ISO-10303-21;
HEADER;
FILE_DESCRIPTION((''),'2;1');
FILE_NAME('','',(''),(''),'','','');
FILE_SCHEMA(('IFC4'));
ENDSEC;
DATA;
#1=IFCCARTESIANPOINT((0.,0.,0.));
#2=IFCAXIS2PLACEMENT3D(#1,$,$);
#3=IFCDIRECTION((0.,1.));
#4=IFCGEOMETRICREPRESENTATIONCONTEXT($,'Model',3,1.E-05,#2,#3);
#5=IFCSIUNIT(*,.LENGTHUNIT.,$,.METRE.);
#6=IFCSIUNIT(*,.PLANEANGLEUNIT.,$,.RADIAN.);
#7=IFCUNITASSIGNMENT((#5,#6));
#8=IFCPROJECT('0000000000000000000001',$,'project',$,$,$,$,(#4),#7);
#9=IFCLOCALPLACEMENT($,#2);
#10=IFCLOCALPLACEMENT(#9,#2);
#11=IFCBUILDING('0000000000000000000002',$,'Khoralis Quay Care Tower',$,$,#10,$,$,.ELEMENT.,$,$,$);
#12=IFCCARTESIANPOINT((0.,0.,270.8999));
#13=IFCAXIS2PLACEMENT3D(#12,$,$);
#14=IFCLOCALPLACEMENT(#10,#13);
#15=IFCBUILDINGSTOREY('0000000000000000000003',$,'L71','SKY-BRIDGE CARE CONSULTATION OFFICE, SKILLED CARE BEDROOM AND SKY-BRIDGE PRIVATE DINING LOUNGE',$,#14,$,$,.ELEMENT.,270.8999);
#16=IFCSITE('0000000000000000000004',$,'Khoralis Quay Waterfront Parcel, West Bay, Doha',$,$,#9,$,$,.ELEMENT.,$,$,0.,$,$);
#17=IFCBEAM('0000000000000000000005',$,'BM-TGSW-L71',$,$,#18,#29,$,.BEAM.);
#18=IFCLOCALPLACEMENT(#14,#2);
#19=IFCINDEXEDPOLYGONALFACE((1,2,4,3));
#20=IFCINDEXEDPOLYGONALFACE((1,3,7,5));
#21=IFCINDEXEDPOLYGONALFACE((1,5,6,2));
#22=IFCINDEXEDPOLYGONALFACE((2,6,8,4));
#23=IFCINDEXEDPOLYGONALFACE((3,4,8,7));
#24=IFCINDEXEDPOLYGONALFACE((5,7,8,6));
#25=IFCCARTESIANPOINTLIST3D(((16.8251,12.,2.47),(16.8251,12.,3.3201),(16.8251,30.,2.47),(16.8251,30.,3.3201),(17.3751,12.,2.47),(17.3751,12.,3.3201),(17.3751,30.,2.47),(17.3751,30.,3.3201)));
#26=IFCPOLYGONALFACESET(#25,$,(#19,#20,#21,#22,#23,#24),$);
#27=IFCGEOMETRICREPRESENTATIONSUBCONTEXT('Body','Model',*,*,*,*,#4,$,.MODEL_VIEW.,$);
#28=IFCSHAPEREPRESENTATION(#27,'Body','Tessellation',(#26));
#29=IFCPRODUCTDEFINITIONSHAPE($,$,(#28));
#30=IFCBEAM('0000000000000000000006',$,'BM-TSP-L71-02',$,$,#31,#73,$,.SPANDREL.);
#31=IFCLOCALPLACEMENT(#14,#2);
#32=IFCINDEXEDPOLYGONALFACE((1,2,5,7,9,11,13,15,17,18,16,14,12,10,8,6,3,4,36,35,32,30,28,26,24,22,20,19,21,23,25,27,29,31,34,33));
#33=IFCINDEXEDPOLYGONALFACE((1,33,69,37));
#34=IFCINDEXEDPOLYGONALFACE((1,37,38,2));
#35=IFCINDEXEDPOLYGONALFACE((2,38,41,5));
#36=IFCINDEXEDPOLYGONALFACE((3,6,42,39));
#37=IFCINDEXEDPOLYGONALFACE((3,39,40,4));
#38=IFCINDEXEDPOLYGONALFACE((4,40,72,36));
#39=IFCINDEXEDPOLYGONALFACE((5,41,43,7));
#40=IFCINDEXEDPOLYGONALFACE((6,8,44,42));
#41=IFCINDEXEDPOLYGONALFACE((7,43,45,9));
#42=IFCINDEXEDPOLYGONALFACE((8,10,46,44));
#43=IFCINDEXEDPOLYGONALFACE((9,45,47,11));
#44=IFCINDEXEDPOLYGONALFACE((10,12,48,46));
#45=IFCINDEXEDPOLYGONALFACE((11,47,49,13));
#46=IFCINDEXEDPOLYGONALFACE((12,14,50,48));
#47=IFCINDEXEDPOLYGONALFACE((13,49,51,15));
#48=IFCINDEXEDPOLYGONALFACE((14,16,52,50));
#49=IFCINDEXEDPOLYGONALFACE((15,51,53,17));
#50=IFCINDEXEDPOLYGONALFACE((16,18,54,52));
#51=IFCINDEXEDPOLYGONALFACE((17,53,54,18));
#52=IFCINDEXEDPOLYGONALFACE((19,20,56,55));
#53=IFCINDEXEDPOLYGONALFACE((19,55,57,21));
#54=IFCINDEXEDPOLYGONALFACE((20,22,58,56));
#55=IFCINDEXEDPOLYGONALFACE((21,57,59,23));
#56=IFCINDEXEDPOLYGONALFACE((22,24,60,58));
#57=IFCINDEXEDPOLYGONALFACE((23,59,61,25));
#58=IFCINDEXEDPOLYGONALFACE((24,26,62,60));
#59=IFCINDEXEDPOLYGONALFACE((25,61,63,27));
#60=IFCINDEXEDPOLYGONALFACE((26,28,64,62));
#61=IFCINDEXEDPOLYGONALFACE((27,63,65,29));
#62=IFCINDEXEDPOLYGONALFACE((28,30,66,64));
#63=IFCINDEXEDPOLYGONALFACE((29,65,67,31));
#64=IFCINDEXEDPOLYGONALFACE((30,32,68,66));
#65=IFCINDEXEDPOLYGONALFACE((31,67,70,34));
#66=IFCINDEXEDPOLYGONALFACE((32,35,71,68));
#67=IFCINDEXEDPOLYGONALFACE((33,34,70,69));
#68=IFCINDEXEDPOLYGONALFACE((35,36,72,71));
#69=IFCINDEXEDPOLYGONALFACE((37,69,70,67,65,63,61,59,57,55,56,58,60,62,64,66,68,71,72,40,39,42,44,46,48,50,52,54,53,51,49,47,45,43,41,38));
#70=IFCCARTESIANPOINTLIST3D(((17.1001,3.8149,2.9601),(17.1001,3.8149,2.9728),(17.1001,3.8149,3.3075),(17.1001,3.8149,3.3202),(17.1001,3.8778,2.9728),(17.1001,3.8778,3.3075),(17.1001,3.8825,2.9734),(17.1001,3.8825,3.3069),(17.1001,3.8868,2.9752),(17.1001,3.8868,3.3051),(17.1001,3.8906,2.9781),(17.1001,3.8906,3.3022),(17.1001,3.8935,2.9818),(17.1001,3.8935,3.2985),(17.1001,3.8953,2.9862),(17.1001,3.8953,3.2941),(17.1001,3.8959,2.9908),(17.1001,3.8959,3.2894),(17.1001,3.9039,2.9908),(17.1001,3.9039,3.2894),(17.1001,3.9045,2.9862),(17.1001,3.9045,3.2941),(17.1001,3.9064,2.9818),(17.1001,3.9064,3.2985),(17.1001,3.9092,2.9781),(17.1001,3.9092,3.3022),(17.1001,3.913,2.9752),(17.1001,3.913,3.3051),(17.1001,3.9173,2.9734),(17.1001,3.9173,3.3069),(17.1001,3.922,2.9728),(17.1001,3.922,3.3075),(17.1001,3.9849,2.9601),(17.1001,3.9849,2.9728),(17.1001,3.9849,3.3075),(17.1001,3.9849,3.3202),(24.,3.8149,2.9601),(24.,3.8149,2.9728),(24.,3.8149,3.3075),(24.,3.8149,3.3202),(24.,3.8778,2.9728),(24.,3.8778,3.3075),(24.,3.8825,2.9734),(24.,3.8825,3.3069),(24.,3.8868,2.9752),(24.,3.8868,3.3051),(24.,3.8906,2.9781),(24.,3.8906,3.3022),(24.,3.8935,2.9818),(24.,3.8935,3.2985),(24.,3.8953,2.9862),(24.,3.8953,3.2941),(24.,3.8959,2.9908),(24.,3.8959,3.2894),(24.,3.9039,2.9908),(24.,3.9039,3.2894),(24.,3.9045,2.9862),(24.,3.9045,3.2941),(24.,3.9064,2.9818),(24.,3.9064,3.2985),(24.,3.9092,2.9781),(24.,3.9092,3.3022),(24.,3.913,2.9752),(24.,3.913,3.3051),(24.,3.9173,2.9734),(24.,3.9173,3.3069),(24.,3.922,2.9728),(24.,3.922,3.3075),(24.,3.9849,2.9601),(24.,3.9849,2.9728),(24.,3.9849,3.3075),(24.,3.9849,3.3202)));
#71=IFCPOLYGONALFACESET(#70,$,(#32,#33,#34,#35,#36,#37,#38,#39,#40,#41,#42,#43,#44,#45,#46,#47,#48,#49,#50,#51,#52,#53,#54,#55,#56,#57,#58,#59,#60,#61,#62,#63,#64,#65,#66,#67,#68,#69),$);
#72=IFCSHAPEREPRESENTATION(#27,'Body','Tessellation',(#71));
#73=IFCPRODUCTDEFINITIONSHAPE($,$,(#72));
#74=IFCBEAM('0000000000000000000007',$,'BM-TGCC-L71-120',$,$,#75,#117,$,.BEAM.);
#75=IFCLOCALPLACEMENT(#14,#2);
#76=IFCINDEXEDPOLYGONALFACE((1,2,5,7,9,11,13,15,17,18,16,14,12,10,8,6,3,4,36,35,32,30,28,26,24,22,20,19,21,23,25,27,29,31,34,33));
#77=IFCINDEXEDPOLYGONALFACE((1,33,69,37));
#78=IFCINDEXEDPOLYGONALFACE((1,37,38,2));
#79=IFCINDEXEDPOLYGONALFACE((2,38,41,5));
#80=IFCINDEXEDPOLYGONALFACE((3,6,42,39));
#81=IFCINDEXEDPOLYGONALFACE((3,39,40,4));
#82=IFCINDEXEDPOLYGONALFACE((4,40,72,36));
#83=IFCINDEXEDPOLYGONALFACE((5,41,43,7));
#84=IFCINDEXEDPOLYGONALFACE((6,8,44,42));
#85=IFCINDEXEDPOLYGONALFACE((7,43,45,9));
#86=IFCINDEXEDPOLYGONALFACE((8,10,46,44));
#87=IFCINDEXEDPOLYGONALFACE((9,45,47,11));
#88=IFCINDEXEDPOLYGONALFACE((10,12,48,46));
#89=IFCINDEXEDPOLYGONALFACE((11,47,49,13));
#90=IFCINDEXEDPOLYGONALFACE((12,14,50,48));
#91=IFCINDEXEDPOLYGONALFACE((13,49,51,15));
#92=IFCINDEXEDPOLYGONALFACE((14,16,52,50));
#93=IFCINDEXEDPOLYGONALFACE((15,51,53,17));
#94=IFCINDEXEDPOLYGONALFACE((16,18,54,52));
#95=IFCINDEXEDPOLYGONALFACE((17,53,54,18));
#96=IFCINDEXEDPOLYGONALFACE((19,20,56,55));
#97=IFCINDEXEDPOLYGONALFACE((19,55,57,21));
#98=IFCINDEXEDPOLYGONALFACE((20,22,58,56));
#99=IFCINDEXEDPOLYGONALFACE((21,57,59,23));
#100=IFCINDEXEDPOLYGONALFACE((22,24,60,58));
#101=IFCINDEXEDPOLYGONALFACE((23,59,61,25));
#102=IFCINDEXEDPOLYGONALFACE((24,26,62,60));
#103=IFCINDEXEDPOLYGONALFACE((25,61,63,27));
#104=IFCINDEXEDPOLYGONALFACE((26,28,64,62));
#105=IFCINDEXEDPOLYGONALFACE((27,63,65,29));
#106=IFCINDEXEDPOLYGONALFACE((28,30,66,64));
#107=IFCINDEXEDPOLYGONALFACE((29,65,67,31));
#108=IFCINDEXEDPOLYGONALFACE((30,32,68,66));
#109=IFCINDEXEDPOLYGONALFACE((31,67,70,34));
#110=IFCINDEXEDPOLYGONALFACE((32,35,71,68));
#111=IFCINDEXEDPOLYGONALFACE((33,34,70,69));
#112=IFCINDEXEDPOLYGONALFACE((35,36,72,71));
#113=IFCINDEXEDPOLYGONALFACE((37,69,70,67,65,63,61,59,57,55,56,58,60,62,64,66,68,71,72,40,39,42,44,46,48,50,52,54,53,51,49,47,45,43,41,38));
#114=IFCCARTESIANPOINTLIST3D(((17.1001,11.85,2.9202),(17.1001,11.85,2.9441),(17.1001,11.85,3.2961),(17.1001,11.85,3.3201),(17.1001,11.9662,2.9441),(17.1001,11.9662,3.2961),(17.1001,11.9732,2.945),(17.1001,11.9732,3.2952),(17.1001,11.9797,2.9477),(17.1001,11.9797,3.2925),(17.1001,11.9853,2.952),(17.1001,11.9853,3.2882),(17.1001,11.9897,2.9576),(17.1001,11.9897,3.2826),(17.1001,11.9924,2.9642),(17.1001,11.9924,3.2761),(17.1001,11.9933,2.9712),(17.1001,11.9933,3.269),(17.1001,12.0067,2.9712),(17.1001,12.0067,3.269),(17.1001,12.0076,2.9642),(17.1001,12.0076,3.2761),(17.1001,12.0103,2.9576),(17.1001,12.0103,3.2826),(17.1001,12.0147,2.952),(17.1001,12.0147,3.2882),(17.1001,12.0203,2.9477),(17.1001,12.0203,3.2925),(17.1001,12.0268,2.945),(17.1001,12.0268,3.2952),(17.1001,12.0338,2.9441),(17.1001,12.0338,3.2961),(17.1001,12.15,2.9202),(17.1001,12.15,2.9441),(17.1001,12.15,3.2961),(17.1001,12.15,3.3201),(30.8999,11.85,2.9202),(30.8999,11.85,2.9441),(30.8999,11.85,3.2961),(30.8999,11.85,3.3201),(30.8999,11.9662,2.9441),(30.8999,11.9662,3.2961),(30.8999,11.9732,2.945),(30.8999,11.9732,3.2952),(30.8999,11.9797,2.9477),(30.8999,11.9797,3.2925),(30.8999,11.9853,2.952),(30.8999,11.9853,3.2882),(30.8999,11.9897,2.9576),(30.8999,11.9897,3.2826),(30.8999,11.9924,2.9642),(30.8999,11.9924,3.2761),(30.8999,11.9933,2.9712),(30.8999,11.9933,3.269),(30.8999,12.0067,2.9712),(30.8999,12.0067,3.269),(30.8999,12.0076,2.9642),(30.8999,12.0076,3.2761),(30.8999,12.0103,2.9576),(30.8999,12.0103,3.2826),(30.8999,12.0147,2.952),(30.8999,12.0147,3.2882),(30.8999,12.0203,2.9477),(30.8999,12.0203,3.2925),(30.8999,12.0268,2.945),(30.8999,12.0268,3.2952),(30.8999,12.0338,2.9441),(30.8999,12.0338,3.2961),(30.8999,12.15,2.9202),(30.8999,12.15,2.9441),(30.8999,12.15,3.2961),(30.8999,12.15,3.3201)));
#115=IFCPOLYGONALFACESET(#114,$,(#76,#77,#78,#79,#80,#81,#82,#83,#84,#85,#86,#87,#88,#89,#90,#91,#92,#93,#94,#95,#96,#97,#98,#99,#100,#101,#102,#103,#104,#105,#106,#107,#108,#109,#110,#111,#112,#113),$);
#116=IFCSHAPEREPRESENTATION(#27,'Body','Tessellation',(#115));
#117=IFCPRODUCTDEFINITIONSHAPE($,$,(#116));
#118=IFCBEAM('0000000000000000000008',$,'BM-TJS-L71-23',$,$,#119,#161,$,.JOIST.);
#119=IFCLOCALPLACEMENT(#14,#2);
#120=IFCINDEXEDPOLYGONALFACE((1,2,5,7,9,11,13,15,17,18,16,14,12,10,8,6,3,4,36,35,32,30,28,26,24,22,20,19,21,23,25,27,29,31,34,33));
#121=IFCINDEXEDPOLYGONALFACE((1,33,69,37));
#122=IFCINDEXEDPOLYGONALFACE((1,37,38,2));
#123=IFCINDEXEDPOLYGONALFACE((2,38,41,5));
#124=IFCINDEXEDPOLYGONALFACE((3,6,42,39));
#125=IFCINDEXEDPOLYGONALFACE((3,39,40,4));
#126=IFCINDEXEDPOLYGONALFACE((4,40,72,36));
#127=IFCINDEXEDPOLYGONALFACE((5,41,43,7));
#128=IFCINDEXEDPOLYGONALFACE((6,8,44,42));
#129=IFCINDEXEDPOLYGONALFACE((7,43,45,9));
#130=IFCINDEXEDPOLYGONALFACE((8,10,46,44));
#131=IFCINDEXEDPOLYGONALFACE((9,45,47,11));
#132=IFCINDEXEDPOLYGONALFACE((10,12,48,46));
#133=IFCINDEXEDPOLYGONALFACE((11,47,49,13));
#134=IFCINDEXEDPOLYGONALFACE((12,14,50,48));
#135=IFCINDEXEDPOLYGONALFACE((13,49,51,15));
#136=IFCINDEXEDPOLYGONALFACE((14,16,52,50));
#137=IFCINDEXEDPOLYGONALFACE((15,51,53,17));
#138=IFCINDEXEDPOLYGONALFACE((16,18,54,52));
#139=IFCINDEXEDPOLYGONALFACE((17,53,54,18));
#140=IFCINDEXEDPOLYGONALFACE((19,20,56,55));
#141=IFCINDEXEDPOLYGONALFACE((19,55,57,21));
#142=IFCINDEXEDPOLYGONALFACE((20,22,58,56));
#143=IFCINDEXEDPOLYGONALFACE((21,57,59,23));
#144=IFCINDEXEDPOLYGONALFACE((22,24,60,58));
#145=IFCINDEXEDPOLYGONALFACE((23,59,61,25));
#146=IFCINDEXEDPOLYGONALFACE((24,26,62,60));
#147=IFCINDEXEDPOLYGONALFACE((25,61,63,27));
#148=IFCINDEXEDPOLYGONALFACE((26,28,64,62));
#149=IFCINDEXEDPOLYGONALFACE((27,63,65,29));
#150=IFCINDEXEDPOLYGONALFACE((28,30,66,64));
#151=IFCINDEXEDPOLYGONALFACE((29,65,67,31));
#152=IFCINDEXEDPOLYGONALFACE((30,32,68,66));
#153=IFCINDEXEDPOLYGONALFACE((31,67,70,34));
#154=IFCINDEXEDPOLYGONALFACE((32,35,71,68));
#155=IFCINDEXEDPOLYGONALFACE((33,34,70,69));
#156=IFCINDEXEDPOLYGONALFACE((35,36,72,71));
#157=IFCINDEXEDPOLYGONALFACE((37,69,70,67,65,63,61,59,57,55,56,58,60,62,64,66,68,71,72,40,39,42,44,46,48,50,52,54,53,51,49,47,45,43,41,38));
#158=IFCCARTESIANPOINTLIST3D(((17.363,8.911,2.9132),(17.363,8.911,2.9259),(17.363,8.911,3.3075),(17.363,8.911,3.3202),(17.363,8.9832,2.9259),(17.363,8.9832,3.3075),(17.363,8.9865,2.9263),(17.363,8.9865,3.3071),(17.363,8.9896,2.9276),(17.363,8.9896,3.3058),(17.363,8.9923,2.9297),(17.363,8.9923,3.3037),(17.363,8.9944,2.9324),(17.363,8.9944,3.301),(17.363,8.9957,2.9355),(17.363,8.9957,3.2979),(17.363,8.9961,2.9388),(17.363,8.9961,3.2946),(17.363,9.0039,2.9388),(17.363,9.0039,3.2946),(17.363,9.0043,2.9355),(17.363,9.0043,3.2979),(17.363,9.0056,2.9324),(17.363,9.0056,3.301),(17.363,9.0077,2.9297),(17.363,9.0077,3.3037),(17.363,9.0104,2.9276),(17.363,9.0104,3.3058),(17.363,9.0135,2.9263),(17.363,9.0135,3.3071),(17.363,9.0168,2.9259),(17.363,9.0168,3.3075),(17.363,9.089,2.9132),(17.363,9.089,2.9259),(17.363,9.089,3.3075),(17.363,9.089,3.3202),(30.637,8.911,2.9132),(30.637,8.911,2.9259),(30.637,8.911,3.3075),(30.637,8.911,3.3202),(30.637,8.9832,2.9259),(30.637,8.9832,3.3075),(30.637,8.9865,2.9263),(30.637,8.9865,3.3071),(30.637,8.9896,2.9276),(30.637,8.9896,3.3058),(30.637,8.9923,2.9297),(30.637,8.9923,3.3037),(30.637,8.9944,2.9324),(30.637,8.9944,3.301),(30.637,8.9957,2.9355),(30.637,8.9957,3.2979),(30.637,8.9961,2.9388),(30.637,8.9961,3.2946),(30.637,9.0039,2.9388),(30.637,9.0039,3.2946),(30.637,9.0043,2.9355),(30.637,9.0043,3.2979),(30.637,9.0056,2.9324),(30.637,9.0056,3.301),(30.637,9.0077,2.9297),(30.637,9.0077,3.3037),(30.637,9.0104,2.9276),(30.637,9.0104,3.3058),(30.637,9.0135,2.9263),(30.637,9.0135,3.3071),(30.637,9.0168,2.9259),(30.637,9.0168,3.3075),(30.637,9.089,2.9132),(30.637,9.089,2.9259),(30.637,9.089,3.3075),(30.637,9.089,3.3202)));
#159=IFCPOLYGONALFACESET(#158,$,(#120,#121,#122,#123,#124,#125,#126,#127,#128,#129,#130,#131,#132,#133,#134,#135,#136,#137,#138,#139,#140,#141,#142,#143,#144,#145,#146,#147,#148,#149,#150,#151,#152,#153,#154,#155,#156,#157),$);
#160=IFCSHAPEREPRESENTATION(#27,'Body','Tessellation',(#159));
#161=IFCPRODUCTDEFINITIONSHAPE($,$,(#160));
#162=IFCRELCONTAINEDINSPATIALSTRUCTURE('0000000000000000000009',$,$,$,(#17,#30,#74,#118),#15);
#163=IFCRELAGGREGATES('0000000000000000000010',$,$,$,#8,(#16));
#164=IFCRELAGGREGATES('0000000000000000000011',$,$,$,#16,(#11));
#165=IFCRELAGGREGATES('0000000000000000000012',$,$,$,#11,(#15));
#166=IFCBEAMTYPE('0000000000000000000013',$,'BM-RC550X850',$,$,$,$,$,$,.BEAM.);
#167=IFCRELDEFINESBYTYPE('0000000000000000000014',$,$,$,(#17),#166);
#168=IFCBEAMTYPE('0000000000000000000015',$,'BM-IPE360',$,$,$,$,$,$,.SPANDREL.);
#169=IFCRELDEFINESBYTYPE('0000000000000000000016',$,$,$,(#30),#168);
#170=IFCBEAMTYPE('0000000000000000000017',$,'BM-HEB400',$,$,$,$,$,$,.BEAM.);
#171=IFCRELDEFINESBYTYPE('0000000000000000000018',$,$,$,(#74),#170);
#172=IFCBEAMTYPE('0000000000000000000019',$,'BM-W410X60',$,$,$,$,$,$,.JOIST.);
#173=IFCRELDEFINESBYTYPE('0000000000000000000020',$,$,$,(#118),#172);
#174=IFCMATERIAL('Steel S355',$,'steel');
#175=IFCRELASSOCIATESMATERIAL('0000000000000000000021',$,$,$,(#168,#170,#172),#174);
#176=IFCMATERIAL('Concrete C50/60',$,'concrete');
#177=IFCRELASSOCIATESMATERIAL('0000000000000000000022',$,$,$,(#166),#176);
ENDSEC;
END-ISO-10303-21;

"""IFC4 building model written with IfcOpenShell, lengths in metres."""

from ifc_helpers import new_model, si_unit, direction, frame, origin, origin_2d, place, context, subcontext, project, spatial, rectangle, i_section, extrude, source, transform, mapped, material, material_profile, profile_set, type_object, element, save


model = new_model("IFC4")

# Units and contexts
model_context = context("Model", 3, precision=1e-05, world=origin(), true_north=direction((0.0, 1.0)))
body_context = subcontext(model_context, "Body", "Model", "MODEL_VIEW")
ifc_project = project(units=[si_unit("LENGTHUNIT", "METRE"), si_unit("PLANEANGLEUNIT", "RADIAN")], contexts=[model_context])

# Site, building, storey
site_placement = place(None, origin())
site = spatial("IfcSite", under=ifc_project, at=site_placement, Name="Khoralis Quay Waterfront Parcel, West Bay, Doha", CompositionType="ELEMENT", RefElevation=0.0)
building_placement = place(site_placement, origin())
building = spatial("IfcBuilding", under=site, at=building_placement, Name="Khoralis Quay Care Tower", CompositionType="ELEMENT")
storey_placement = place(building_placement, frame((0.0, 0.0, 270.8999)))
storey = spatial("IfcBuildingStorey", under=building, at=storey_placement, Name="L71", Description="SKY-BRIDGE CARE CONSULTATION OFFICE, SKILLED CARE BEDROOM AND SKY-BRIDGE PRIVATE DINING LOUNGE", CompositionType="ELEMENT", Elevation=270.8999)

# Shared definitions
ifc_material_1 = material(Name="Concrete C50/60", Category="concrete")

# Beams
ifc_material_2 = material(Name="Steel S355", Category="steel")
ifc_material_profile_1 = material_profile(ifc_material_2, i_section(OverallWidth=0.1699, OverallDepth=0.3601, WebThickness=0.0081, FlangeThickness=0.0127, FilletRadius=0.0181, at=origin_2d()), Name="Steel S355")
ifc_profile_set_1 = profile_set([ifc_material_profile_1], Name="Steel S355")
beam_type_1 = type_object("IfcBeamType", Name="BM-IPE360", PredefinedType="SPANDREL", material=ifc_profile_set_1)
ifc_material_profile_2 = material_profile(ifc_material_1, rectangle(XDim=0.55, YDim=0.8501, at=origin_2d()), Name="Concrete C50/60")
ifc_profile_set_2 = profile_set([ifc_material_profile_2], Name="Concrete C50/60")
beam_type_2 = type_object("IfcBeamType", Name="BM-RC550X850", PredefinedType="BEAM", material=ifc_profile_set_2)
shared_shape_1 = source(origin(), body_context, "Body", "SweptSolid", [
    extrude(rectangle(XDim=0.55, YDim=0.8501, at=origin_2d()), origin(), (0.0, 0.0, 1.0), 18.0),
])
beam_1_placement = place(storey_placement, frame((17.1001, 12.0, 2.895), z_axis=(0.0, 1.0, 0.0), x_axis=(-1.0, 0.0, 0.0)))
element("IfcBeam", 1, at=beam_1_placement, inside=storey, type_object=beam_type_2, Name="BM-TGSW-L71", PredefinedType="BEAM", context=body_context, shape_type="MappedRepresentation", body=[
    mapped(shared_shape_1, transform((0.0, 0.0, 0.0), scale=1.0)),
])
shared_shape_2 = source(origin(), body_context, "Body", "SweptSolid", [
    extrude(i_section(OverallWidth=0.1699, OverallDepth=0.3601, WebThickness=0.0081, FlangeThickness=0.0127, FilletRadius=0.0181, at=origin_2d()), origin(), (0.0, 0.0, 1.0), 6.8999),
])
beam_2_placement = place(storey_placement, frame((17.1001, 3.8999, 3.1401), z_axis=(1.0, 0.0, 0.0), x_axis=(0.0, 1.0, 0.0)))
element("IfcBeam", 2, at=beam_2_placement, inside=storey, type_object=beam_type_1, Name="BM-TSP-L71-02", PredefinedType="SPANDREL", context=body_context, shape_type="MappedRepresentation", body=[
    mapped(shared_shape_2, transform((0.0, 0.0, 0.0), scale=1.0)),
])
ifc_material_profile_3 = material_profile(ifc_material_2, i_section(OverallWidth=0.3, OverallDepth=0.3999, WebThickness=0.0134, FlangeThickness=0.0239, FilletRadius=0.0271, at=origin_2d()), Name="Steel S355")
ifc_profile_set_3 = profile_set([ifc_material_profile_3], Name="Steel S355")
beam_type_3 = type_object("IfcBeamType", Name="BM-HEB400", PredefinedType="BEAM", material=ifc_profile_set_3)
shared_shape_3 = source(origin(), body_context, "Body", "SweptSolid", [
    extrude(i_section(OverallWidth=0.3, OverallDepth=0.3999, WebThickness=0.0134, FlangeThickness=0.0239, FilletRadius=0.0271, at=origin_2d()), origin(), (0.0, 0.0, 1.0), 13.7998),
])
beam_3_placement = place(storey_placement, frame((17.1001, 12.0, 3.1201), z_axis=(1.0, 0.0, 0.0), x_axis=(0.0, 1.0, 0.0)))
element("IfcBeam", 3, at=beam_3_placement, inside=storey, type_object=beam_type_3, Name="BM-TGCC-L71-120", PredefinedType="BEAM", context=body_context, shape_type="MappedRepresentation", body=[
    mapped(shared_shape_3, transform((0.0, 0.0, 0.0), scale=1.0)),
])
ifc_material_profile_4 = material_profile(ifc_material_2, i_section(OverallWidth=0.178, OverallDepth=0.407, WebThickness=0.0078, FlangeThickness=0.0127, FilletRadius=0.0129, at=origin_2d()), Name="Steel S355")
ifc_profile_set_4 = profile_set([ifc_material_profile_4], Name="Steel S355")
beam_type_4 = type_object("IfcBeamType", Name="BM-W410X60", PredefinedType="JOIST", material=ifc_profile_set_4)
shared_shape_4 = source(origin(), body_context, "Body", "SweptSolid", [
    extrude(i_section(OverallWidth=0.178, OverallDepth=0.407, WebThickness=0.0078, FlangeThickness=0.0127, FilletRadius=0.0129, at=origin_2d()), origin(), (0.0, 0.0, 1.0), 13.2739),
])
beam_4_placement = place(storey_placement, frame((17.363, 9.0, 3.1167), z_axis=(1.0, 0.0, 0.0), x_axis=(0.0, 1.0, 0.0)))
element("IfcBeam", 4, at=beam_4_placement, inside=storey, type_object=beam_type_4, Name="BM-TJS-L71-23", PredefinedType="JOIST", context=body_context, shape_type="MappedRepresentation", body=[
    mapped(shared_shape_4, transform((0.0, 0.0, 0.0), scale=1.0)),
])

save(model, "model.ifc")
